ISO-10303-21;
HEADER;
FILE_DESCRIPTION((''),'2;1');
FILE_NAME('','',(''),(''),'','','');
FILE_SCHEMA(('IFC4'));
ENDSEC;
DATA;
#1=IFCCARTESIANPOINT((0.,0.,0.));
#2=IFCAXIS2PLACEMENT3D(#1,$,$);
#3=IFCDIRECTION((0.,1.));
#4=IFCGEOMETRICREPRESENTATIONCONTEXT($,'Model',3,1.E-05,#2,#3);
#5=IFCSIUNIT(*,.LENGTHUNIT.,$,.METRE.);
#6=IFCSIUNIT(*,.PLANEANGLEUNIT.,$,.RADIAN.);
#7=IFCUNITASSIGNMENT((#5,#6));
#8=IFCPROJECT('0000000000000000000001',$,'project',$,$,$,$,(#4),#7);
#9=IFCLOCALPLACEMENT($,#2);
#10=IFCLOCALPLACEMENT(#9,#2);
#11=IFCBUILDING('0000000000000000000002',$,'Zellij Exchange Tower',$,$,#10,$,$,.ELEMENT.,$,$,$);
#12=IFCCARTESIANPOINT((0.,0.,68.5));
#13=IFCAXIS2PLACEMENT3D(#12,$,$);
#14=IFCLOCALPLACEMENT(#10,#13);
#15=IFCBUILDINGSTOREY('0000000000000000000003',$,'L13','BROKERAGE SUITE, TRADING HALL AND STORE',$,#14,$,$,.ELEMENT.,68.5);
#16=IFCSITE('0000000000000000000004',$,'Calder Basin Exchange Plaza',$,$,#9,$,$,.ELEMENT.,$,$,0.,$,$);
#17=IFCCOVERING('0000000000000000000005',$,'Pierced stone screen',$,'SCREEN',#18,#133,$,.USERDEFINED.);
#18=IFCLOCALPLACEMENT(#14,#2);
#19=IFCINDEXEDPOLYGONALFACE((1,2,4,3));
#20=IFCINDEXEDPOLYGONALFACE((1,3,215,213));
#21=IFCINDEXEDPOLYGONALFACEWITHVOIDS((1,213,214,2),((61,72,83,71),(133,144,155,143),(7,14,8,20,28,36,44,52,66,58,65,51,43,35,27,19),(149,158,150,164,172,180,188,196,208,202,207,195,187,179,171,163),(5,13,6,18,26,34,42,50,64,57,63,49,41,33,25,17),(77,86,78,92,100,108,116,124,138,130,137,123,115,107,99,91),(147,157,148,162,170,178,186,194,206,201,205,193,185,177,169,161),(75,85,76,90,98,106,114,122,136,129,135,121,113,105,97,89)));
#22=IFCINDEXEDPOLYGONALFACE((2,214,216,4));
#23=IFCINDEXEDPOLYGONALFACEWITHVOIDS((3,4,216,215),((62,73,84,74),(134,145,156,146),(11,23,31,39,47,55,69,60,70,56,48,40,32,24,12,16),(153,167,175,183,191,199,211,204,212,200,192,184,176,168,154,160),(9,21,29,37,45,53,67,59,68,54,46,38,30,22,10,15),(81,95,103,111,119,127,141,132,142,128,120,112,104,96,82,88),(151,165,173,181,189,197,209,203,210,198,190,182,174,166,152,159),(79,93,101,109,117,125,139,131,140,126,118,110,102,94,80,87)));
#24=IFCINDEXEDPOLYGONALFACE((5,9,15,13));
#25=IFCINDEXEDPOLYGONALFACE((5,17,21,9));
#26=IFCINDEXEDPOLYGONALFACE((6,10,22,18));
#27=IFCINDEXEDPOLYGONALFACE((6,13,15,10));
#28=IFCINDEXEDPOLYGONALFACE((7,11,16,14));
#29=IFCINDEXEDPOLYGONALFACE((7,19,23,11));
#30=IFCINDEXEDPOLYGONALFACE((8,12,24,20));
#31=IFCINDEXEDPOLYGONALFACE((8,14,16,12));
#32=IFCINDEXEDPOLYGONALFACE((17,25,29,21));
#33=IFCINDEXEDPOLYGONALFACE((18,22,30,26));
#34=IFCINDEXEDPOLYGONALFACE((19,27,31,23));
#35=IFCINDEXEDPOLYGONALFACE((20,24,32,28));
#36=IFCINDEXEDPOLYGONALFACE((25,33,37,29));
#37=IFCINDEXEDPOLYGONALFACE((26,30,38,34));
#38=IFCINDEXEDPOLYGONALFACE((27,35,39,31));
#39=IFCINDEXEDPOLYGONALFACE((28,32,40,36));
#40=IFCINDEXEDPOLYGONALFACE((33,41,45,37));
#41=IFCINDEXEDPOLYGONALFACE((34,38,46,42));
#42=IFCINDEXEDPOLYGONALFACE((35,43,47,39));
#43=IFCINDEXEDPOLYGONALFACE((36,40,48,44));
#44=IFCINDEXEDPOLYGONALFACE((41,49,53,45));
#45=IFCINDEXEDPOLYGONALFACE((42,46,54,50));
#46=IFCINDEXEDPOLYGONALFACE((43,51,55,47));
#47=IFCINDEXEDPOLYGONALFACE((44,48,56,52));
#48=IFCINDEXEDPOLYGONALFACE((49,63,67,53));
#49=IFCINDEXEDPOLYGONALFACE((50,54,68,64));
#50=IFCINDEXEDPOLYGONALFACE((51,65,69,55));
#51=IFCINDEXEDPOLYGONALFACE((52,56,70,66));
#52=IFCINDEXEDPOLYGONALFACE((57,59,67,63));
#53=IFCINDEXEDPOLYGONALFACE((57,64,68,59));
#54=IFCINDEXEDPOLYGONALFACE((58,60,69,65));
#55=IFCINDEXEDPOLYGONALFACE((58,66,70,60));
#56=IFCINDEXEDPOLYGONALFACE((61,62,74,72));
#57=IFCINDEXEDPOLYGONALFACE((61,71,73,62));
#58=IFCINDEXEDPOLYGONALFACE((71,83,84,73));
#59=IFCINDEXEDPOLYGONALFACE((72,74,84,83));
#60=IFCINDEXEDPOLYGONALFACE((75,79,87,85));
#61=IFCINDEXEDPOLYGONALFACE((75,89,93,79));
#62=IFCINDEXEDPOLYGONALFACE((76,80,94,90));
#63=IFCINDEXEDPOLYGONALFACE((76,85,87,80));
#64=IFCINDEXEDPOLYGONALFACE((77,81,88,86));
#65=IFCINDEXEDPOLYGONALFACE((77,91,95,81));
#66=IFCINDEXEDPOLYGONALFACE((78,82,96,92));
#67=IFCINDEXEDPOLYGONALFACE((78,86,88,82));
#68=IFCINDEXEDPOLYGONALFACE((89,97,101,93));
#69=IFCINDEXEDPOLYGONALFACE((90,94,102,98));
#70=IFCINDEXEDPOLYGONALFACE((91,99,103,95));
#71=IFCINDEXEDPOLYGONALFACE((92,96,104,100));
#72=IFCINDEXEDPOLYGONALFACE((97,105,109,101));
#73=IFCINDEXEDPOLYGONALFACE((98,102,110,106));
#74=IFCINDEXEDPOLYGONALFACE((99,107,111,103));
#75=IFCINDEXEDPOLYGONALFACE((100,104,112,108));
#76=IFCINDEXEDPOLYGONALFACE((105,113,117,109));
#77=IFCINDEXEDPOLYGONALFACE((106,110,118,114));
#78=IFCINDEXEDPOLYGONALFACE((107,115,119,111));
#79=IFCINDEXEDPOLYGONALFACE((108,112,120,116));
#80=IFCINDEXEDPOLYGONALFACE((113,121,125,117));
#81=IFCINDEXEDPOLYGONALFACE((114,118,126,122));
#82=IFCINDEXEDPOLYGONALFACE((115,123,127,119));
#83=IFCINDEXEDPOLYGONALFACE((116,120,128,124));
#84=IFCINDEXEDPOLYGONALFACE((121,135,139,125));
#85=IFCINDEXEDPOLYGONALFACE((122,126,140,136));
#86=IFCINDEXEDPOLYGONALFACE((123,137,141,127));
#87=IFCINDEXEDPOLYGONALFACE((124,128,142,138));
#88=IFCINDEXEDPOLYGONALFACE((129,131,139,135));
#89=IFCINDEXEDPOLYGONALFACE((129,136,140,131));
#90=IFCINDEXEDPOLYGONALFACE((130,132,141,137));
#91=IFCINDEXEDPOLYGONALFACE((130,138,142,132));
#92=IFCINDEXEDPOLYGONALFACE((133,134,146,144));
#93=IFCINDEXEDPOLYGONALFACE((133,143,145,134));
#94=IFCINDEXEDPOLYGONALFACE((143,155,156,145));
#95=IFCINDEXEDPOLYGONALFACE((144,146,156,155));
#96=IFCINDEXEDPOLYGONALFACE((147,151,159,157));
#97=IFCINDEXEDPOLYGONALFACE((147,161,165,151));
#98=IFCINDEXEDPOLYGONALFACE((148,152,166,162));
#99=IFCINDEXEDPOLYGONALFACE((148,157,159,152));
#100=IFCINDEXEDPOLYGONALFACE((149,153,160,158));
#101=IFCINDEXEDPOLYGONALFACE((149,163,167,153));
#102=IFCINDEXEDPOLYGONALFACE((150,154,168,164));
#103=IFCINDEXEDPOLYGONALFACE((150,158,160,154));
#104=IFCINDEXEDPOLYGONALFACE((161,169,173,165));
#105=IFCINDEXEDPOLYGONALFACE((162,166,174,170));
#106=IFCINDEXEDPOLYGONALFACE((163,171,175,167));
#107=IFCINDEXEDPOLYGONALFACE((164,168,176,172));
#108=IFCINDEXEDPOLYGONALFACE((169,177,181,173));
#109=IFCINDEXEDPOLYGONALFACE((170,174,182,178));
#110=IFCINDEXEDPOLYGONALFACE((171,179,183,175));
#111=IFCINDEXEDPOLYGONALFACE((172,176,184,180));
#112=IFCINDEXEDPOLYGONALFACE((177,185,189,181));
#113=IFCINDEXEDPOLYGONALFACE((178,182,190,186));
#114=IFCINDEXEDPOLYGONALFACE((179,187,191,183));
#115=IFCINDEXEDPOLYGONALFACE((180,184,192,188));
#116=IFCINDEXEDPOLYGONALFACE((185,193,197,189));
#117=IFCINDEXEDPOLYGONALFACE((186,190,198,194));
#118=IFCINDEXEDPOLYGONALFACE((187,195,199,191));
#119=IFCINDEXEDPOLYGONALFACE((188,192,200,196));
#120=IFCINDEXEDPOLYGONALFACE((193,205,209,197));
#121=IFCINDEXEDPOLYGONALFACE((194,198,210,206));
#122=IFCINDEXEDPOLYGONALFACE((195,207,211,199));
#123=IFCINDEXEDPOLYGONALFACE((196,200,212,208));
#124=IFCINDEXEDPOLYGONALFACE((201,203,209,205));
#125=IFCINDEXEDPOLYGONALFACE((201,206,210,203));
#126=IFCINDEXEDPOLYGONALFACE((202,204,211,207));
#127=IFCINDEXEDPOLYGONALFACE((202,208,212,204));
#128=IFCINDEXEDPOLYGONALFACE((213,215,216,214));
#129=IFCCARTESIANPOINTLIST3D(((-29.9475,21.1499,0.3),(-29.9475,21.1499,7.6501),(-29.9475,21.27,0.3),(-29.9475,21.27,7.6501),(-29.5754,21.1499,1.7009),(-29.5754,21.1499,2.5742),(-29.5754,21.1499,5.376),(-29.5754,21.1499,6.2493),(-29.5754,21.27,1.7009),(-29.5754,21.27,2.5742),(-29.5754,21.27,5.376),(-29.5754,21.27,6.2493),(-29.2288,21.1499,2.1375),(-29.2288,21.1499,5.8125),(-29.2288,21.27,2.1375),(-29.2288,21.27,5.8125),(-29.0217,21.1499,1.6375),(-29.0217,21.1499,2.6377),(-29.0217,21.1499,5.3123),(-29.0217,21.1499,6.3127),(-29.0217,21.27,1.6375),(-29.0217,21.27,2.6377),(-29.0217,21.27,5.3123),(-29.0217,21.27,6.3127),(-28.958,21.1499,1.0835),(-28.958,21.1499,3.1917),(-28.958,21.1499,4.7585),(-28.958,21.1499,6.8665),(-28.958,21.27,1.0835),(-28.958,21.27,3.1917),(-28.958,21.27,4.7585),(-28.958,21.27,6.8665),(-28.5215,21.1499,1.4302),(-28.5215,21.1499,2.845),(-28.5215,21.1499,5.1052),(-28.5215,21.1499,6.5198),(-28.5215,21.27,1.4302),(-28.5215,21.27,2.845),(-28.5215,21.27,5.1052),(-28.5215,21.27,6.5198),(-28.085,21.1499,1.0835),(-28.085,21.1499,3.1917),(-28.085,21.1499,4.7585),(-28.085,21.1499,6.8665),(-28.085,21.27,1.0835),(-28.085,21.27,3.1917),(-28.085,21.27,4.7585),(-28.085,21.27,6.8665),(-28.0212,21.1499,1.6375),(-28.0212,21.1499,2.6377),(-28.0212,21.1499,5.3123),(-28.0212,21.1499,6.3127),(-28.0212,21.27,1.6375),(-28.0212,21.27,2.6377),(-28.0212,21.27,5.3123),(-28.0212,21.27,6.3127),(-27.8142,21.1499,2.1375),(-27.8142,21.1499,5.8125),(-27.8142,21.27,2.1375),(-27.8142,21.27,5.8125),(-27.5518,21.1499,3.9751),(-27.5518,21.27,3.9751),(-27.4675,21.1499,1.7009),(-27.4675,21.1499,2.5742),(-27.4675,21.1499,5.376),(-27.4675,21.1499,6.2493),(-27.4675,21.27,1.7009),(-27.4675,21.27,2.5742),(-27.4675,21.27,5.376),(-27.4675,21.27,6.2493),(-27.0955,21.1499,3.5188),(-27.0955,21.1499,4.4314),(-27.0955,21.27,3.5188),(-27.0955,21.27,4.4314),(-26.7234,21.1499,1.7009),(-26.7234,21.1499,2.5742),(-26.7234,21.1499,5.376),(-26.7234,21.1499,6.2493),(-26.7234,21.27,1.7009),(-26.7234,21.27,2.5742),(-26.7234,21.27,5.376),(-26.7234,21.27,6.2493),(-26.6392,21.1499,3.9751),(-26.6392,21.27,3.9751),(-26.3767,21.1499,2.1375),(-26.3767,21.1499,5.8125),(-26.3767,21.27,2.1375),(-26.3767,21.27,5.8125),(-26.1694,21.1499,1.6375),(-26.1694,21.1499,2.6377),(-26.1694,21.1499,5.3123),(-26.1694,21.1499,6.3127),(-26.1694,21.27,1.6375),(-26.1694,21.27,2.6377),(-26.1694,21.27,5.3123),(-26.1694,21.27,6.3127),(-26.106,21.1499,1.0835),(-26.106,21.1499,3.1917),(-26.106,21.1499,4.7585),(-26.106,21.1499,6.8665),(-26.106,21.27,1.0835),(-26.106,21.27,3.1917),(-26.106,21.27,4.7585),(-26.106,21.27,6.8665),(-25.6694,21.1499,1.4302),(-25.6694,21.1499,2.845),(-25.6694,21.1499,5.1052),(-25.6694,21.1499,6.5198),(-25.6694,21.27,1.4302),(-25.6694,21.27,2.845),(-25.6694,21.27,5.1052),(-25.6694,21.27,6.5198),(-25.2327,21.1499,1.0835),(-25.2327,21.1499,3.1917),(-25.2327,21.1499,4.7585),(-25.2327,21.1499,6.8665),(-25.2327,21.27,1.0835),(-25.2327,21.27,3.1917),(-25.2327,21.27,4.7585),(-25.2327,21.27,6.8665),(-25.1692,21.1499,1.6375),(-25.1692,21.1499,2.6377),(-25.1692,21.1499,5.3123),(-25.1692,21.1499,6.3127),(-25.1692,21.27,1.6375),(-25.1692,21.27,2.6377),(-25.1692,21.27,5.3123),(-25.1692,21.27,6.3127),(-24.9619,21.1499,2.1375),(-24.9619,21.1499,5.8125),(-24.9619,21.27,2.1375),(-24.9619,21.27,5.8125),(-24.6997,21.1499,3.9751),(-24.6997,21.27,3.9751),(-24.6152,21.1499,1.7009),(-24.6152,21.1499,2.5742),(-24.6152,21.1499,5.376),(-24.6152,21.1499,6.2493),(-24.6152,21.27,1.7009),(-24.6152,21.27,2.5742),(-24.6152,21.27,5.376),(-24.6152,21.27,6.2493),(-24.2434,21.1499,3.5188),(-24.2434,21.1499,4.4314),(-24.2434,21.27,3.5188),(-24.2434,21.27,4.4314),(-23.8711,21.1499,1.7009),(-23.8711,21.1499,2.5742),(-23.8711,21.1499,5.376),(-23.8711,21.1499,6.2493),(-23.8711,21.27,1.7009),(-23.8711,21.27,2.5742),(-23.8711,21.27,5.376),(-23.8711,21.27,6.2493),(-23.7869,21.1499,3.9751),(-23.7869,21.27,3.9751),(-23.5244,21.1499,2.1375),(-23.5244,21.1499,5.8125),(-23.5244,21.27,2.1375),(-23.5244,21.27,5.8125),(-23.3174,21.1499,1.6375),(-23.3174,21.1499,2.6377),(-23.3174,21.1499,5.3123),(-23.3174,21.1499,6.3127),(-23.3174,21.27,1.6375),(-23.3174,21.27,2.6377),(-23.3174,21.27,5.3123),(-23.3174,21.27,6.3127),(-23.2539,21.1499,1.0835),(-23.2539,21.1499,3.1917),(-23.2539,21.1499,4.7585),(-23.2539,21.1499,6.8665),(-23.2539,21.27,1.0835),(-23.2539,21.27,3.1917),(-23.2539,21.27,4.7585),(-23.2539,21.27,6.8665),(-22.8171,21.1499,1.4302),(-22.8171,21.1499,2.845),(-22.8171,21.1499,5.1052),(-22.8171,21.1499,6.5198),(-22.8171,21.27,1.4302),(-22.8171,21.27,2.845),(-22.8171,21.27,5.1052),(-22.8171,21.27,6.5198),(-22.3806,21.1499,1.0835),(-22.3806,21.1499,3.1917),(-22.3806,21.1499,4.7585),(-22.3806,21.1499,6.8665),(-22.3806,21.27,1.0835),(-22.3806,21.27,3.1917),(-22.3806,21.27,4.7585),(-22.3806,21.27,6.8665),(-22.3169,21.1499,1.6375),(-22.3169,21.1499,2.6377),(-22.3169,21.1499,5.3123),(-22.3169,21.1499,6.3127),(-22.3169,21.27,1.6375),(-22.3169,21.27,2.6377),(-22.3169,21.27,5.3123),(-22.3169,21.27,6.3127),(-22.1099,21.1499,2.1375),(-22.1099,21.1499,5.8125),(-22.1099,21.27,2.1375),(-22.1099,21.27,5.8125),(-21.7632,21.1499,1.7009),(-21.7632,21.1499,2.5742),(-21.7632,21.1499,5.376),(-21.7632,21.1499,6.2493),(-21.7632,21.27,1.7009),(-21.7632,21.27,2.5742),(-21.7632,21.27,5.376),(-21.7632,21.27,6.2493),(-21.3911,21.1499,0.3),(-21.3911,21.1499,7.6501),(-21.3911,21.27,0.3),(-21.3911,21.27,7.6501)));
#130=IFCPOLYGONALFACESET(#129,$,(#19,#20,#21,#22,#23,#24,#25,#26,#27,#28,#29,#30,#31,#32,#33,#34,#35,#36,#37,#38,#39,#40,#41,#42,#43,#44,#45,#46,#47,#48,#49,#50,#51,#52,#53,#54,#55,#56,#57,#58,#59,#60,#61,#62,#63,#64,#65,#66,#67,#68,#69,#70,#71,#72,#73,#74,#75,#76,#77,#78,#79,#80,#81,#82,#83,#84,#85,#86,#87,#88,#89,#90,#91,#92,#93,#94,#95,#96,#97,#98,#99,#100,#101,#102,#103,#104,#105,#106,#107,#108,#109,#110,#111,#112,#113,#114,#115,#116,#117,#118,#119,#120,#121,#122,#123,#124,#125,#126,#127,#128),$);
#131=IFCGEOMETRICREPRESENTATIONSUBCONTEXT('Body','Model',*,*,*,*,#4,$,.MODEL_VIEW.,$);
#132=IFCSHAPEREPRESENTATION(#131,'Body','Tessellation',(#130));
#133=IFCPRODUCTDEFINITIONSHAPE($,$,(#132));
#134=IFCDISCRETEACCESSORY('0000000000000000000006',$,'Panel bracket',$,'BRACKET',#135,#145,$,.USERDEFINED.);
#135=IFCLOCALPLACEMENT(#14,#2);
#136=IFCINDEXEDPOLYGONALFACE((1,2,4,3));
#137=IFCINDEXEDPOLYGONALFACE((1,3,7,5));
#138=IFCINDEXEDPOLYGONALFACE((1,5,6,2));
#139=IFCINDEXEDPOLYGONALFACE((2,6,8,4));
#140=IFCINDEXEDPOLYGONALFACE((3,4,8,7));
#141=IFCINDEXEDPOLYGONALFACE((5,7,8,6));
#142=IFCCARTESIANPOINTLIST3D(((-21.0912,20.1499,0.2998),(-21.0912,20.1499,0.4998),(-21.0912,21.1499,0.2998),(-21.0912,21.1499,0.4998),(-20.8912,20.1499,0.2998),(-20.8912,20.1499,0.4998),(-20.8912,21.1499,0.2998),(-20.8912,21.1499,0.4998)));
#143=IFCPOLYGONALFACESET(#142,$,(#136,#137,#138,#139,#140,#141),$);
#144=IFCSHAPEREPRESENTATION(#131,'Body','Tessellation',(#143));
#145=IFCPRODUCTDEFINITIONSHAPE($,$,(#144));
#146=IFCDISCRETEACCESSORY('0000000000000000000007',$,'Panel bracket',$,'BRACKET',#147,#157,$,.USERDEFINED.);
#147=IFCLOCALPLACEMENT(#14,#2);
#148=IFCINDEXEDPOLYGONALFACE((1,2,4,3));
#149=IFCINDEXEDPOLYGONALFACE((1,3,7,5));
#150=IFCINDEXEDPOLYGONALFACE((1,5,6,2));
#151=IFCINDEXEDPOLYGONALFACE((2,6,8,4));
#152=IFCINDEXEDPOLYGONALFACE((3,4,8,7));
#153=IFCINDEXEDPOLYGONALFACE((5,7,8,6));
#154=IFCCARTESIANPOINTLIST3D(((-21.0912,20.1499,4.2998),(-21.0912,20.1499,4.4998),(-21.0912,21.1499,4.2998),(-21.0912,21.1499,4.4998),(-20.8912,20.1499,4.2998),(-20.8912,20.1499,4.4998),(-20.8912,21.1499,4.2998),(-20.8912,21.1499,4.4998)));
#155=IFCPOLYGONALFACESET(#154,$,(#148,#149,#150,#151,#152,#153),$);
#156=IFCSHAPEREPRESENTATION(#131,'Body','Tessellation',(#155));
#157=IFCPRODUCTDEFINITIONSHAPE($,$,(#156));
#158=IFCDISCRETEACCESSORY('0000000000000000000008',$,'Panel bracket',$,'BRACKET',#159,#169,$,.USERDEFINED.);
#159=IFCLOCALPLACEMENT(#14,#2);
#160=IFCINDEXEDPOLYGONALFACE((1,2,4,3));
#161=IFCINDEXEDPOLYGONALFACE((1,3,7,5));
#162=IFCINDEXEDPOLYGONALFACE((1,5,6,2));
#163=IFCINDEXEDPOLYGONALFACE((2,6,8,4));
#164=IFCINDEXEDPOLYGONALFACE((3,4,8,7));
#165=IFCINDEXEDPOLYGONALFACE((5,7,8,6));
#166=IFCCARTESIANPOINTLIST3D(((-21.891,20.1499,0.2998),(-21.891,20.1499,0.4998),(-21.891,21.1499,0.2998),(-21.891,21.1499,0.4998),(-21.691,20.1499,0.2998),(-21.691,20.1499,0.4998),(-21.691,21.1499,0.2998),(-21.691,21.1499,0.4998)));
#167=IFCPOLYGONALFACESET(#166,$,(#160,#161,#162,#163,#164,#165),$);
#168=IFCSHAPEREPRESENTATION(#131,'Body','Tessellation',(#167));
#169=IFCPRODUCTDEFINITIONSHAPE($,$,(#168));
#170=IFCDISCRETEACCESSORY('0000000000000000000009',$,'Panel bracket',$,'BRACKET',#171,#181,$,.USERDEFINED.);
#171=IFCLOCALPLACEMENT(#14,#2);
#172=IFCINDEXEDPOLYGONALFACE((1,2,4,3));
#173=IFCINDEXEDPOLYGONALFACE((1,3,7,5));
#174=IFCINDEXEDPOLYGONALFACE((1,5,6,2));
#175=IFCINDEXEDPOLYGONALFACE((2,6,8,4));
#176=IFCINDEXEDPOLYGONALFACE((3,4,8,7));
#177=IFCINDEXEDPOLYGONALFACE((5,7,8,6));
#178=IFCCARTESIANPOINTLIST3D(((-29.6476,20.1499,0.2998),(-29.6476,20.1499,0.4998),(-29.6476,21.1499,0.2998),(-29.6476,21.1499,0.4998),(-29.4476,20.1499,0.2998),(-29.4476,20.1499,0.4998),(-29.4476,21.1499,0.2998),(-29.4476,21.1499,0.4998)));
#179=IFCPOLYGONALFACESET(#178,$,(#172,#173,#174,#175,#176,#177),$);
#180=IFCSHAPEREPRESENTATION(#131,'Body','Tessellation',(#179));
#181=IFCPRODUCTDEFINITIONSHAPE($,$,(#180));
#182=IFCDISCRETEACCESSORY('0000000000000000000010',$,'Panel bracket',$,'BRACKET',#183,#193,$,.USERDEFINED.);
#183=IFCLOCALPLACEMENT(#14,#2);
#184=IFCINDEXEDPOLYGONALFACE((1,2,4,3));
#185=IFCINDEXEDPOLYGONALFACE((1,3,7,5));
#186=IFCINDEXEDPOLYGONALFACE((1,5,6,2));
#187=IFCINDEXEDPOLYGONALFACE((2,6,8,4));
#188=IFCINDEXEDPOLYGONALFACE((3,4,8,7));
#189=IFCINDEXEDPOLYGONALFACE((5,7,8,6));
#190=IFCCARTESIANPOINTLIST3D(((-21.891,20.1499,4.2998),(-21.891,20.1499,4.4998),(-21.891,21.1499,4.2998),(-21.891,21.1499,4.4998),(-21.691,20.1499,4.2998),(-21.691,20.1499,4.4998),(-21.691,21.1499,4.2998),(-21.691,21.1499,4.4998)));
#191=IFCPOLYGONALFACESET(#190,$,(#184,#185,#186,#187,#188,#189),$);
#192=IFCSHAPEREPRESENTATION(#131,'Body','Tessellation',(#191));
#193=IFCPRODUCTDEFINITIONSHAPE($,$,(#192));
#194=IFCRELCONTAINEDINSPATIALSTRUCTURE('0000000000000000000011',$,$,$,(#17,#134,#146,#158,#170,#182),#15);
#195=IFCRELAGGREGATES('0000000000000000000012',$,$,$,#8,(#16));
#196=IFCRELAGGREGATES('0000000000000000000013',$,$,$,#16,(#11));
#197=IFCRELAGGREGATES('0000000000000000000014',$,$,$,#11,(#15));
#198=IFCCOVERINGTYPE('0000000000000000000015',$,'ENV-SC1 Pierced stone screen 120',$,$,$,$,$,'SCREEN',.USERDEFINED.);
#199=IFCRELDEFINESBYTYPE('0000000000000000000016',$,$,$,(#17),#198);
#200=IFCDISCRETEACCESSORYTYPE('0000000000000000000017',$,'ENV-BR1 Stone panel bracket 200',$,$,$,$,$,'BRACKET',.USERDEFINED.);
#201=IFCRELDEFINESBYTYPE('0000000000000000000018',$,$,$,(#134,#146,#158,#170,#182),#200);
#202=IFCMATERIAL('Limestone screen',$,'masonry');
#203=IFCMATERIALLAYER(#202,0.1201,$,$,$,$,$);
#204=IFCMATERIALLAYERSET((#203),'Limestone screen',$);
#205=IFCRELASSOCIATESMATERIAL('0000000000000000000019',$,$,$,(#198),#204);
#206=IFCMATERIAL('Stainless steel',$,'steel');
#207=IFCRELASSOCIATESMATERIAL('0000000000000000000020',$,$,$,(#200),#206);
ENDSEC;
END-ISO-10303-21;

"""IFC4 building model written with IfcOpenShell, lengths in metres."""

from ifc_helpers import new_model, si_unit, direction, frame, origin, origin_2d, place, context, subcontext, project, spatial, polyline, rectangle, outline, extrude, material, layer, layer_set, type_object, element, save


model = new_model("IFC4")

# Units and contexts
model_context = context("Model", 3, precision=1e-05, world=origin(), true_north=direction((0.0, 1.0)))
body_context = subcontext(model_context, "Body", "Model", "MODEL_VIEW")
ifc_project = project(units=[si_unit("LENGTHUNIT", "METRE"), si_unit("PLANEANGLEUNIT", "RADIAN")], contexts=[model_context])

# Site, building, storey
site_placement = place(None, origin())
site = spatial("IfcSite", under=ifc_project, at=site_placement, Name="Calder Basin Exchange Plaza", CompositionType="ELEMENT", RefElevation=0.0)
building_placement = place(site_placement, origin())
building = spatial("IfcBuilding", under=site, at=building_placement, Name="Zellij Exchange Tower", CompositionType="ELEMENT")
storey_placement = place(building_placement, frame((0.0, 0.0, 68.5)))
storey = spatial("IfcBuildingStorey", under=building, at=storey_placement, Name="L13", Description="BROKERAGE SUITE, TRADING HALL AND STORE", CompositionType="ELEMENT", Elevation=68.5)

# Covering
ifc_material_1 = material(Name="Limestone screen", Category="masonry")
ifc_layer_1 = layer(ifc_material_1, 0.1201)
ifc_layer_set_1 = layer_set([ifc_layer_1], Name="Limestone screen")
covering_type = type_object("IfcCoveringType", Name="ENV-SC1 Pierced stone screen 120", ElementType="SCREEN", PredefinedType="USERDEFINED", material=ifc_layer_set_1)
covering_placement = place(storey_placement, frame((-21.3911, 21.21, 0.3), z_axis=(0.0, 0.0, 1.0), x_axis=(-1.0, 0.0, 0.0)))
element("IfcCovering", 1, at=covering_placement, inside=storey, type_object=covering_type, Name="Pierced stone screen", ObjectType="SCREEN", PredefinedType="USERDEFINED", context=body_context, shape_type="SweptSolid", body=[
    extrude(outline(polyline([(0.0, 0.0), (8.5564, 0.0), (8.5564, 7.3501), (0.0, 7.3501), (0.0, 0.0)]), holes=[polyline([(2.48, 2.2742), (1.9263, 2.3376), (1.8628, 2.8916), (1.426, 2.5449), (0.9895, 2.8916), (0.9258, 2.3376), (0.3721, 2.2742), (0.7188, 1.8374), (0.3721, 1.4009), (0.9258, 1.3374), (0.9895, 0.7834), (1.426, 1.1301), (1.8628, 0.7834), (1.9263, 1.3374), (2.48, 1.4009), (2.1333, 1.8374), (2.48, 2.2742)]), polyline([(2.48, 5.9492), (1.9263, 6.0127), (1.8628, 6.5664), (1.426, 6.2197), (0.9895, 6.5664), (0.9258, 6.0127), (0.3721, 5.9492), (0.7188, 5.5125), (0.3721, 5.0759), (0.9258, 5.0122), (0.9895, 4.4585), (1.426, 4.8052), (1.8628, 4.4585), (1.9263, 5.0122), (2.48, 5.0759), (2.1333, 5.5125), (2.48, 5.9492)]), polyline([(5.3323, 2.2742), (4.7783, 2.3376), (4.7148, 2.8916), (4.2783, 2.5449), (3.8416, 2.8916), (3.7781, 2.3376), (3.2241, 2.2742), (3.5708, 1.8374), (3.2241, 1.4009), (3.7781, 1.3374), (3.8416, 0.7834), (4.2783, 1.1301), (4.7148, 0.7834), (4.7783, 1.3374), (5.3323, 1.4009), (4.9856, 1.8374), (5.3323, 2.2742)]), polyline([(5.3323, 5.9492), (4.7783, 6.0127), (4.7148, 6.5664), (4.2783, 6.2197), (3.8416, 6.5664), (3.7781, 6.0127), (3.2241, 5.9492), (3.5708, 5.5125), (3.2241, 5.0759), (3.7781, 5.0122), (3.8416, 4.4585), (4.2783, 4.8052), (4.7148, 4.4585), (4.7783, 5.0122), (5.3323, 5.0759), (4.9856, 5.5125), (5.3323, 5.9492)]), polyline([(8.1843, 2.2742), (7.6306, 2.3376), (7.5669, 2.8916), (7.1304, 2.5449), (6.6938, 2.8916), (6.6301, 2.3376), (6.0764, 2.2742), (6.4231, 1.8374), (6.0764, 1.4009), (6.6301, 1.3374), (6.6938, 0.7834), (7.1304, 1.1301), (7.5669, 0.7834), (7.6306, 1.3374), (8.1843, 1.4009), (7.8376, 1.8374), (8.1843, 2.2742)]), polyline([(8.1843, 5.9492), (7.6306, 6.0127), (7.5669, 6.5664), (7.1304, 6.2197), (6.6938, 6.5664), (6.6301, 6.0127), (6.0764, 5.9492), (6.4231, 5.5125), (6.0764, 5.0759), (6.6301, 5.0122), (6.6938, 4.4585), (7.1304, 4.8052), (7.5669, 4.4585), (7.6306, 5.0122), (8.1843, 5.0759), (7.8376, 5.5125), (8.1843, 5.9492)]), polyline([(3.3086, 3.675), (2.8523, 4.1313), (2.3958, 3.675), (2.8523, 3.2188), (3.3086, 3.675)]), polyline([(6.1606, 3.675), (5.7043, 4.1313), (5.248, 3.675), (5.7043, 3.2188), (6.1606, 3.675)])]), frame((0.0, 0.0601, 0.0), z_axis=(0.0, -1.0, 0.0), x_axis=(1.0, 0.0, 0.0)), (0.0, 0.0, 1.0), 0.1201),
])

# Discrete accessories
ifc_material_2 = material(Name="Stainless steel", Category="steel")
discrete_accessory_type = type_object("IfcDiscreteAccessoryType", Name="ENV-BR1 Stone panel bracket 200", ElementType="BRACKET", PredefinedType="USERDEFINED", material=ifc_material_2)
for number, where, z_axis, x_axis, name in (
    (2, (-20.9912, 20.6499, 0.2998), (0.0, 0.0, 1.0), (-1.0, 0.0, 0.0), "Panel bracket"),
    (3, (-20.9912, 20.6499, 4.2998), (0.0, 0.0, 1.0), (-1.0, 0.0, 0.0), "Panel bracket"),
    (4, (-21.791, 20.6499, 0.2998), (0.0, 0.0, 1.0), (-1.0, 0.0, 0.0), "Panel bracket"),
    (5, (-29.5476, 20.6499, 0.2998), (0.0, 0.0, 1.0), (-1.0, 0.0, 0.0), "Panel bracket"),
    (6, (-21.791, 20.6499, 4.2998), (0.0, 0.0, 1.0), (-1.0, 0.0, 0.0), "Panel bracket"),
):
    element("IfcDiscreteAccessory", number, at=place(storey_placement, frame(where, z_axis=z_axis, x_axis=x_axis)), inside=storey, type_object=discrete_accessory_type, Name=name, ObjectType="BRACKET", PredefinedType="USERDEFINED", context=body_context, shape_type="SweptSolid", body=[
        extrude(rectangle(XDim=0.2, YDim=1.0, at=origin_2d()), origin(), (0.0, 0.0, 1.0), 0.2),
    ])

save(model, "model.ifc")
